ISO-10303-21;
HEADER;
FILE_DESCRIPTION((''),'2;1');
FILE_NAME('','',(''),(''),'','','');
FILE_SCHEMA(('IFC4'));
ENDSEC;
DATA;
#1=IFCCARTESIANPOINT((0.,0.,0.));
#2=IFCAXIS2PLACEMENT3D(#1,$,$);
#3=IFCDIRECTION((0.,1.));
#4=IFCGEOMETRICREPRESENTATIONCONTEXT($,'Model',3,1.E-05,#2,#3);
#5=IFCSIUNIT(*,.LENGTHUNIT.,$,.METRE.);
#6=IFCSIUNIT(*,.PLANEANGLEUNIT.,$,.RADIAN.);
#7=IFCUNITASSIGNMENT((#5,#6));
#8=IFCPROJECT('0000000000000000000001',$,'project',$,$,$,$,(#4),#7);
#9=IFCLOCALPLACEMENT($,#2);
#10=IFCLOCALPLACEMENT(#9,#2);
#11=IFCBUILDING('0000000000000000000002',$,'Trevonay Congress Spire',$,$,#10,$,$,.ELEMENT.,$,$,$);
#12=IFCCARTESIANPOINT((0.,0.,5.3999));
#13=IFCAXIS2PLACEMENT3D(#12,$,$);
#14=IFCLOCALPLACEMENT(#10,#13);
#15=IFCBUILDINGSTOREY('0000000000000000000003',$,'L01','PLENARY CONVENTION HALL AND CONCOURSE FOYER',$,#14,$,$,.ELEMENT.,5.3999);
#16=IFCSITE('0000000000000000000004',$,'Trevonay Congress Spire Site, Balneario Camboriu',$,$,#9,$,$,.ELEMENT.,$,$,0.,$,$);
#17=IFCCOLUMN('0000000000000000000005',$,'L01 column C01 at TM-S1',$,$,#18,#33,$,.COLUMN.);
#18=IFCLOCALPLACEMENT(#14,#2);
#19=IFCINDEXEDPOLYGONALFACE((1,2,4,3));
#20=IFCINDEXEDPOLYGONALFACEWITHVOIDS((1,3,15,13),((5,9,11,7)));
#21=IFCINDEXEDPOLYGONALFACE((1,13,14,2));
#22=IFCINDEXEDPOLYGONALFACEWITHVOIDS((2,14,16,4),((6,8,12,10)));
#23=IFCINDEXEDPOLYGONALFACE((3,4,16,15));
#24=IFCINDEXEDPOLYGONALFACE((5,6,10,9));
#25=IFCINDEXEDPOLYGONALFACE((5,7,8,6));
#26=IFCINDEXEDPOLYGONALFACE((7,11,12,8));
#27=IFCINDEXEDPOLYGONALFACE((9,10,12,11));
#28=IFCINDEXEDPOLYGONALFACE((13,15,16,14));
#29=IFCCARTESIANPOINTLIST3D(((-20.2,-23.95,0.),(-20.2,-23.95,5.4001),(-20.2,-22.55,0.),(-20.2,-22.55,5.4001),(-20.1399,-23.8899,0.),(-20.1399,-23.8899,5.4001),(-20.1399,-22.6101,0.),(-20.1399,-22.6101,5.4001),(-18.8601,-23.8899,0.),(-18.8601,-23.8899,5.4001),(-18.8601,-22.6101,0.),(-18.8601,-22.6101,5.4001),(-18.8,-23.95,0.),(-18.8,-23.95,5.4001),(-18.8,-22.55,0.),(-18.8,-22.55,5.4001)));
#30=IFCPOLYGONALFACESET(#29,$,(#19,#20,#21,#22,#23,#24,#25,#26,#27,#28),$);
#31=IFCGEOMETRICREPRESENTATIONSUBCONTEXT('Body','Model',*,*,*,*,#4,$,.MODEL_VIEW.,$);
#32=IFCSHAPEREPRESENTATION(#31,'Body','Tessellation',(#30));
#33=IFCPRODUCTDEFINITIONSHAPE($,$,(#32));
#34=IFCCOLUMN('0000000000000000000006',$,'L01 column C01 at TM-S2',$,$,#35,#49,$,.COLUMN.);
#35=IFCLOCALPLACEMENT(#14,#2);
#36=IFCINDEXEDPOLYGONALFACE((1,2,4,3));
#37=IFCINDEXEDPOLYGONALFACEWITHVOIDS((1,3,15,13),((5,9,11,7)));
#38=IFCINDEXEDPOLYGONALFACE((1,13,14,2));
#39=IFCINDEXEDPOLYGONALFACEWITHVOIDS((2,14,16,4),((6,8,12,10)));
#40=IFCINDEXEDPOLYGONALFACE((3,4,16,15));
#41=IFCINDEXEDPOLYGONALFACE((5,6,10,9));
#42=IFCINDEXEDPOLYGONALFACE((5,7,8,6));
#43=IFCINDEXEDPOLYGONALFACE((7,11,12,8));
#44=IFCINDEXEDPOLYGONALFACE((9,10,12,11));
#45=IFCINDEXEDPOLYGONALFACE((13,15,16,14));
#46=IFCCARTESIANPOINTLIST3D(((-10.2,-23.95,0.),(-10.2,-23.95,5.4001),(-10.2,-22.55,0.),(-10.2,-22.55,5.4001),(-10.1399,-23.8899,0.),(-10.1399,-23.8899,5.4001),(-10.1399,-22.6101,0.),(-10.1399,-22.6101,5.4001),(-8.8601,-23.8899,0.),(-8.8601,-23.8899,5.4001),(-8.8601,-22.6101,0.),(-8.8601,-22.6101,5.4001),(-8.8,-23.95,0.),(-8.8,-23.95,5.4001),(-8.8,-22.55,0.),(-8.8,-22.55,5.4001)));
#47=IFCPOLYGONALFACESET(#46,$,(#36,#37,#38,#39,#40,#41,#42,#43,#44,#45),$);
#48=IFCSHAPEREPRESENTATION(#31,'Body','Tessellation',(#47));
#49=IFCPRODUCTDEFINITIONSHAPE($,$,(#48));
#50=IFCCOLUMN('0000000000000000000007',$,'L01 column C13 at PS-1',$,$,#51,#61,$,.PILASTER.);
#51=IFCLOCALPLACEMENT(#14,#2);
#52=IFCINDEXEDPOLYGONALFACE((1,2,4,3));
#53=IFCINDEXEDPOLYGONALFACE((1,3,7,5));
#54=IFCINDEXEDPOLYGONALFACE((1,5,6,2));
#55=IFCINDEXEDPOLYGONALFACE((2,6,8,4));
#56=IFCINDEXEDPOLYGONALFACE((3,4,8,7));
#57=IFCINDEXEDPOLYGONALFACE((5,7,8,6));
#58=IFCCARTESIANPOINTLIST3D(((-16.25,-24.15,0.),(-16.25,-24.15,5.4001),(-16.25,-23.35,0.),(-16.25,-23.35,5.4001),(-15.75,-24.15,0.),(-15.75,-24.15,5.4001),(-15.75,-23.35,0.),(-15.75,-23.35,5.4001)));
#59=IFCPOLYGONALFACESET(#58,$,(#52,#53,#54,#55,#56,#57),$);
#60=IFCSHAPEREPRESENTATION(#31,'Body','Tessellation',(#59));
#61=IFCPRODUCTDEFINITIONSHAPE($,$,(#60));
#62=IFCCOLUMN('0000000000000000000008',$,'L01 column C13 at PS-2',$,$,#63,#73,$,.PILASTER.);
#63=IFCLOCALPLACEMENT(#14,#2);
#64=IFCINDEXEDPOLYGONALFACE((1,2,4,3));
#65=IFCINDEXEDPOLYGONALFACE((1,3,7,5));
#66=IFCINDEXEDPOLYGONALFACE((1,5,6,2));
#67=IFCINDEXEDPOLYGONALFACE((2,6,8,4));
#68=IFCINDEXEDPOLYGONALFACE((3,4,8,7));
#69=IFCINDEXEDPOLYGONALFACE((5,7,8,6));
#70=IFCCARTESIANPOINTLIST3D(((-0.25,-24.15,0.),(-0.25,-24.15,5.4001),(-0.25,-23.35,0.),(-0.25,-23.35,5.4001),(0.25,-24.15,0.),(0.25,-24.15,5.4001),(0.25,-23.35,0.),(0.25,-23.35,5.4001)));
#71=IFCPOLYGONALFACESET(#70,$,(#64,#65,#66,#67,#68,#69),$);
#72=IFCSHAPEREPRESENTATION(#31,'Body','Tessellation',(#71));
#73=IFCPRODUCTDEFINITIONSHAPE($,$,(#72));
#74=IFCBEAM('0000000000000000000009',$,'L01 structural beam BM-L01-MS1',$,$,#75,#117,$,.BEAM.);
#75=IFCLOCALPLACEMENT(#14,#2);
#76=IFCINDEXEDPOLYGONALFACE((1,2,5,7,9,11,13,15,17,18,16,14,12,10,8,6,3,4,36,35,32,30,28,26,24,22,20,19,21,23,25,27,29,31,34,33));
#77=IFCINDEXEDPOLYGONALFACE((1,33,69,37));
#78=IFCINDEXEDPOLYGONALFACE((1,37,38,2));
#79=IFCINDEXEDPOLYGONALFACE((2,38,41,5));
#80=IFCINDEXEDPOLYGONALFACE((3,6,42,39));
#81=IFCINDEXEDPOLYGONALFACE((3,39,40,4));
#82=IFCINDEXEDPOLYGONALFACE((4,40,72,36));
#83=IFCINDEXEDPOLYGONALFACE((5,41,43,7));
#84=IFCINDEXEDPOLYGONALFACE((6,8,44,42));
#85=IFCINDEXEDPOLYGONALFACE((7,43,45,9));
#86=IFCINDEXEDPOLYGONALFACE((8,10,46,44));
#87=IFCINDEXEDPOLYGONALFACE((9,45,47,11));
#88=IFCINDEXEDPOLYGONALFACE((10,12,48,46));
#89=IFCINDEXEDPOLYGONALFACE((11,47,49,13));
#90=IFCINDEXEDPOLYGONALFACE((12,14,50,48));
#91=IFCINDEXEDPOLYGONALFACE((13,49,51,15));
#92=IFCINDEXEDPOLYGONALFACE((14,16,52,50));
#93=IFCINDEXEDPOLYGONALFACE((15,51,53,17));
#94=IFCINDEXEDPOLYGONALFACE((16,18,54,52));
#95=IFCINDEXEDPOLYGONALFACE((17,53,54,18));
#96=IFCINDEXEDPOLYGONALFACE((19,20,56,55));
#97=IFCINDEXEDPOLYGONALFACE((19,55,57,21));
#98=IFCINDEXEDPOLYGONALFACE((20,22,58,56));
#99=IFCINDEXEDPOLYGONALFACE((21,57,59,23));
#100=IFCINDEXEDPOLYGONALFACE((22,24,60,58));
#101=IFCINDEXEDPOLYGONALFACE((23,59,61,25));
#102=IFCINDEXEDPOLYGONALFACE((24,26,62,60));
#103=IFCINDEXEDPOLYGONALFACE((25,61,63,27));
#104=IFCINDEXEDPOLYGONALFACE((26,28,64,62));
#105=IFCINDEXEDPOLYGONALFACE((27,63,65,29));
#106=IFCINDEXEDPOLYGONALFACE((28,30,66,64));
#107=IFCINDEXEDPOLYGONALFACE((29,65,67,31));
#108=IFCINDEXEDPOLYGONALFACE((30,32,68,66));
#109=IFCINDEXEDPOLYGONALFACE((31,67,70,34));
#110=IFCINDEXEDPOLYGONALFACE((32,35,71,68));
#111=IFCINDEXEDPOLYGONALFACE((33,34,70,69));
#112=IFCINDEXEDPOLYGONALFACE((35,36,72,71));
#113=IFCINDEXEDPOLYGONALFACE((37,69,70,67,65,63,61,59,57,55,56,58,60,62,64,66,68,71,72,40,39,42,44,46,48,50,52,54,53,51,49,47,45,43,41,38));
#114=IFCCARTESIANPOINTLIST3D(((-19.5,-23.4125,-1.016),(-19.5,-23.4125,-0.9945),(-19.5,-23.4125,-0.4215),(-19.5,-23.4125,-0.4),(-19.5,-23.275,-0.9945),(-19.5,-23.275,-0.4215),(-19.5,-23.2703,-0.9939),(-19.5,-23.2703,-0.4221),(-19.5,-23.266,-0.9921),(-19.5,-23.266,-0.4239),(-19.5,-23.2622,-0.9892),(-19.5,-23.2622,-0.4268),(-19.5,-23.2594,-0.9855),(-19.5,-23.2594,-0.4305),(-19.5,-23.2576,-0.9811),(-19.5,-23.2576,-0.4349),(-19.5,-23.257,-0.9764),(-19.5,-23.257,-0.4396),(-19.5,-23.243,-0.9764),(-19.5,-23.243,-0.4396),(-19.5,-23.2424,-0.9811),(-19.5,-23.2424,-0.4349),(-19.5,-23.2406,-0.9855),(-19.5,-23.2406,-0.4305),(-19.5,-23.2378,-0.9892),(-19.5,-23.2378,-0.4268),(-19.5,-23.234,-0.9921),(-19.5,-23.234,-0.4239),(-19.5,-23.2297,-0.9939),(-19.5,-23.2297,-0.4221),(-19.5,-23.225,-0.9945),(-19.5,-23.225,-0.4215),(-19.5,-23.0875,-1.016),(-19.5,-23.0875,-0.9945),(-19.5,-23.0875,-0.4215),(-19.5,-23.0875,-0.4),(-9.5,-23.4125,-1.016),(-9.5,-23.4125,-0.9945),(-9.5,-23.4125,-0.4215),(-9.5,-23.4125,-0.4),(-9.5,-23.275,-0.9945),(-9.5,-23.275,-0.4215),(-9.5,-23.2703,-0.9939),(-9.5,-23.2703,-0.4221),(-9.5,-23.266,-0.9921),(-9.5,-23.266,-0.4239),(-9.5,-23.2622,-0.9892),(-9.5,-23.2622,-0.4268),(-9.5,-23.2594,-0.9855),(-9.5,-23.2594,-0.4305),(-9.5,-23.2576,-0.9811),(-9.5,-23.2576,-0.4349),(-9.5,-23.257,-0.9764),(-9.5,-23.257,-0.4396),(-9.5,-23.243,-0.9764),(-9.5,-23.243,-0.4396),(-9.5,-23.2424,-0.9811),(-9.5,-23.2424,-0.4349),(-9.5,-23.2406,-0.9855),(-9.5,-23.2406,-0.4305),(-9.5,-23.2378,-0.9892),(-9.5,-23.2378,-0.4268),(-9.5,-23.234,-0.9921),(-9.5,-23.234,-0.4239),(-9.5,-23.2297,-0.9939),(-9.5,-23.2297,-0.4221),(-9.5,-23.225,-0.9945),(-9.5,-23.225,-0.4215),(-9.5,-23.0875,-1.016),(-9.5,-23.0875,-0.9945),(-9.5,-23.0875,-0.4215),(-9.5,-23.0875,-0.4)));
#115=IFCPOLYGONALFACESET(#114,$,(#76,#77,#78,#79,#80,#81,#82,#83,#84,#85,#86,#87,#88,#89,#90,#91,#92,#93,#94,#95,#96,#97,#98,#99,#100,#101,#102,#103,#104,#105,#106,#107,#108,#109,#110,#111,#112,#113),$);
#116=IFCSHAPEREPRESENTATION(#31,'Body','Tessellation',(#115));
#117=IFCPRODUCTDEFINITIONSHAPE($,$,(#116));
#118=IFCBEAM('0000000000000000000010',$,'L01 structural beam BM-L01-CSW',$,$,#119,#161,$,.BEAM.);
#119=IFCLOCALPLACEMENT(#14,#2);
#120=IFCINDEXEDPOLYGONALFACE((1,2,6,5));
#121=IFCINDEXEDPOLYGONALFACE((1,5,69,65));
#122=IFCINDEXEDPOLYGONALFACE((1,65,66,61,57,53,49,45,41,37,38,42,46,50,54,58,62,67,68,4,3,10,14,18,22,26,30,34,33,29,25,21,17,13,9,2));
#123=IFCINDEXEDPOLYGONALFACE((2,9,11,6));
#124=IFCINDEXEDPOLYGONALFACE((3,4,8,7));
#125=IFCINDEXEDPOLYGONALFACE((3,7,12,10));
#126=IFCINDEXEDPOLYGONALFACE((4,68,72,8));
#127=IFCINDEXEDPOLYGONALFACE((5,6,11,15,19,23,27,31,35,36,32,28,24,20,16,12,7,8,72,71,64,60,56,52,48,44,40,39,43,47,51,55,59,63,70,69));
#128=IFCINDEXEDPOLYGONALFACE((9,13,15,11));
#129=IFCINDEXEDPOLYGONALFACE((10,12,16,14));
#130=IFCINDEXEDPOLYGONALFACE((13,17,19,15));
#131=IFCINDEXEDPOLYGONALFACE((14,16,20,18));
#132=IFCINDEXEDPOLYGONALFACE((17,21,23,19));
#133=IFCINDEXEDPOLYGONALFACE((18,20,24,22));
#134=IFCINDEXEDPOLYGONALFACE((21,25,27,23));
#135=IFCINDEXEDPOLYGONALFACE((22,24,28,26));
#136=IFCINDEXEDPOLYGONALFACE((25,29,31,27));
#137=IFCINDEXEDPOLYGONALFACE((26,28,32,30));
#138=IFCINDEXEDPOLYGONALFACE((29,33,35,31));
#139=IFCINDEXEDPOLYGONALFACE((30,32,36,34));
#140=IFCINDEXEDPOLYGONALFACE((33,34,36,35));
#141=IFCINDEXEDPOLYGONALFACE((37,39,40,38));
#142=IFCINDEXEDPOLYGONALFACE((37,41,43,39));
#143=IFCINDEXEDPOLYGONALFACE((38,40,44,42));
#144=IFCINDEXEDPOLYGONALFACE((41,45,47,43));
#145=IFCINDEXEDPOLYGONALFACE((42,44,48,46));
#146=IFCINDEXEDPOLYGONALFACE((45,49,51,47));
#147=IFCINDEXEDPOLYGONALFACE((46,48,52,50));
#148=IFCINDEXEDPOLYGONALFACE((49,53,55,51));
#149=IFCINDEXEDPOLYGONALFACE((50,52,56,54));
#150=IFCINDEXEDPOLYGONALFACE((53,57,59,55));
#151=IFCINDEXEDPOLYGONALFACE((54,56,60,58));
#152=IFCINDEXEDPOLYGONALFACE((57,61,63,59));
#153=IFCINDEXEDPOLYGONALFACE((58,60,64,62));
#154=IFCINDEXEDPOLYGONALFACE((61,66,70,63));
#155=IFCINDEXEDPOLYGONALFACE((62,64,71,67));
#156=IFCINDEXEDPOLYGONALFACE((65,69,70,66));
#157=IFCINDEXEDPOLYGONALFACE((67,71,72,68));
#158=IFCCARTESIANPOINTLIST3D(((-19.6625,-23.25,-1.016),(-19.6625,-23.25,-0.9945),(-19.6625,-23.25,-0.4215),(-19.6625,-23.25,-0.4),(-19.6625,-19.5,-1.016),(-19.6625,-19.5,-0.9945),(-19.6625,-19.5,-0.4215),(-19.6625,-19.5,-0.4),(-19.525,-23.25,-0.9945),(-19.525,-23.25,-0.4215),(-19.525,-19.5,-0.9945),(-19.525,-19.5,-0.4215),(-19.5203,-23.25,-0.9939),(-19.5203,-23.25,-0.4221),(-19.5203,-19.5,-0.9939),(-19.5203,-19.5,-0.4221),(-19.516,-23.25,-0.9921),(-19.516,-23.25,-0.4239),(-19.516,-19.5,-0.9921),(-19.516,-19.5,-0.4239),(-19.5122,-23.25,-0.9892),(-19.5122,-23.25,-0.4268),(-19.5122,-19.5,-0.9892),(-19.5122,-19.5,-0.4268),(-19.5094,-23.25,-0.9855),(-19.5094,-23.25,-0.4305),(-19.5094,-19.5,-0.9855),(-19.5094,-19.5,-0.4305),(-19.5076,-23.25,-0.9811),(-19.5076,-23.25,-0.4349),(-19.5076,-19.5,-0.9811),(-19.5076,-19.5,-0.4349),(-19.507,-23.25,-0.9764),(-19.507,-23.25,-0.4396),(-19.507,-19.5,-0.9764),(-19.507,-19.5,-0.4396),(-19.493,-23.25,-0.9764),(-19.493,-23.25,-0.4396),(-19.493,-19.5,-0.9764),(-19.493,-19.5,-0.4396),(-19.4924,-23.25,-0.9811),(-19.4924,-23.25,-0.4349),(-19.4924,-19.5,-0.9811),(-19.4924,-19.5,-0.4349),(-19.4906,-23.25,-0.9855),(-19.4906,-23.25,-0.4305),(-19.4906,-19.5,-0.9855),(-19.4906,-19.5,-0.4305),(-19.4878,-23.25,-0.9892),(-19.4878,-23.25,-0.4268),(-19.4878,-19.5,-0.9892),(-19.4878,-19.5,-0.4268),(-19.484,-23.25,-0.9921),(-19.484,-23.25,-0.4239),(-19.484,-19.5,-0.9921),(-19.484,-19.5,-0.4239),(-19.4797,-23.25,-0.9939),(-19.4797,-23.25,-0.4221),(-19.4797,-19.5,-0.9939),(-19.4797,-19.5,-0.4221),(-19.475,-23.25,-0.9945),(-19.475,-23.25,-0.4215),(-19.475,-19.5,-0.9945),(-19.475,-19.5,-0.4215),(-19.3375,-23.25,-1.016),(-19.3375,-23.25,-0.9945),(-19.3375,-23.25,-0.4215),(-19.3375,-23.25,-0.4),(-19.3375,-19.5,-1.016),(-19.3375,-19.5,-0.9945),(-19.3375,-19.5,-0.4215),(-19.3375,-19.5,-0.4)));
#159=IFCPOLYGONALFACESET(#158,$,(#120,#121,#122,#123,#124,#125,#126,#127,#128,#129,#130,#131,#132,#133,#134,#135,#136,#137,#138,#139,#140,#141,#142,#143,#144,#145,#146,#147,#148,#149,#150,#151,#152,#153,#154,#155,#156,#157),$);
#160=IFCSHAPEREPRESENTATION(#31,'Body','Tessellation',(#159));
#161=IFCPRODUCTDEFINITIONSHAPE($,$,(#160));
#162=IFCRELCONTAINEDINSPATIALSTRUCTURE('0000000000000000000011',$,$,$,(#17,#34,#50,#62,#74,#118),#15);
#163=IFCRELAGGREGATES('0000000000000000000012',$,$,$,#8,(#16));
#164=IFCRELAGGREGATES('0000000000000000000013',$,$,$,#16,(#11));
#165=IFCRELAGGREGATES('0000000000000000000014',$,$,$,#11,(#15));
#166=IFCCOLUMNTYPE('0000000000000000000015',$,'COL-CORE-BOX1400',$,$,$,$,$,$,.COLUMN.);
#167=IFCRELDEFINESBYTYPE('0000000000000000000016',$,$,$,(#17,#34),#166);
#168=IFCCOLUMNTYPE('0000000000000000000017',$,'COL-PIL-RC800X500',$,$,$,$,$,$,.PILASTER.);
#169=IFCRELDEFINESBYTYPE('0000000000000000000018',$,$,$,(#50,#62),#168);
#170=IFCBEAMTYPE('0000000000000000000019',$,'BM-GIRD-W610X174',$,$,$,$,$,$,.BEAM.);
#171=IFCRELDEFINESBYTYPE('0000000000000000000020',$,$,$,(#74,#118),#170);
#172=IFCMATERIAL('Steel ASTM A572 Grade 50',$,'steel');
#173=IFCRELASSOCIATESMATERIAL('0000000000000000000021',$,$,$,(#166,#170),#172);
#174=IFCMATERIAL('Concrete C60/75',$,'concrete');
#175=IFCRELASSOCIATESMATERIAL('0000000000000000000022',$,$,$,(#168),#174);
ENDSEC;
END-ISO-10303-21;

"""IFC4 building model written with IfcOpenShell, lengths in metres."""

from ifc_helpers import new_model, si_unit, direction, frame, origin, origin_2d, place, context, subcontext, project, spatial, rectangle, hollow_rectangle, i_section, extrude, material, material_profile, profile_set, type_object, element, save


model = new_model("IFC4")

# Units and contexts
model_context = context("Model", 3, precision=1e-05, world=origin(), true_north=direction((0.0, 1.0)))
body_context = subcontext(model_context, "Body", "Model", "MODEL_VIEW")
ifc_project = project(units=[si_unit("LENGTHUNIT", "METRE"), si_unit("PLANEANGLEUNIT", "RADIAN")], contexts=[model_context])

# Site, building, storey
site_placement = place(None, origin())
site = spatial("IfcSite", under=ifc_project, at=site_placement, Name="Trevonay Congress Spire Site, Balneario Camboriu", CompositionType="ELEMENT", RefElevation=0.0)
building_placement = place(site_placement, origin())
building = spatial("IfcBuilding", under=site, at=building_placement, Name="Trevonay Congress Spire", CompositionType="ELEMENT")
storey_placement = place(building_placement, frame((0.0, 0.0, 5.3999)))
storey = spatial("IfcBuildingStorey", under=building, at=storey_placement, Name="L01", Description="PLENARY CONVENTION HALL AND CONCOURSE FOYER", CompositionType="ELEMENT", Elevation=5.3999)

# Columns
ifc_material_1 = material(Name="Steel ASTM A572 Grade 50", Category="steel")
ifc_material_profile_1 = material_profile(ifc_material_1, hollow_rectangle(XDim=1.3999, YDim=1.3999, WallThickness=0.0601, at=origin_2d()), Name="BOX 1400x1400x60")
ifc_profile_set_1 = profile_set([ifc_material_profile_1], Name="Steel ASTM A572 Grade 50")
column_type_1 = type_object("IfcColumnType", Name="COL-CORE-BOX1400", PredefinedType="COLUMN", material=ifc_profile_set_1)
for number, where, z_axis, x_axis, name in (
    (1, (-19.5, -23.25, 0.0), (0.0, 0.0, 1.0), (1.0, 0.0, 0.0), "L01 column C01 at TM-S1"),
    (2, (-9.5, -23.25, 0.0), (0.0, 0.0, 1.0), (1.0, 0.0, 0.0), "L01 column C01 at TM-S2"),
):
    element("IfcColumn", number, at=place(storey_placement, frame(where, z_axis=z_axis, x_axis=x_axis)), inside=storey, type_object=column_type_1, Name=name, PredefinedType="COLUMN", context=body_context, shape_type="SweptSolid", body=[
        extrude(hollow_rectangle(XDim=1.3999, YDim=1.3999, WallThickness=0.0601, at=origin_2d()), origin(), (0.0, 0.0, 1.0), 5.4001),
    ])
ifc_material_2 = material(Name="Concrete C60/75", Category="concrete")
ifc_material_profile_2 = material_profile(ifc_material_2, rectangle(XDim=0.5, YDim=0.8, at=origin_2d()), Name="RC 800x500")
ifc_profile_set_2 = profile_set([ifc_material_profile_2], Name="Concrete C60/75")
column_type_2 = type_object("IfcColumnType", Name="COL-PIL-RC800X500", PredefinedType="PILASTER", material=ifc_profile_set_2)
for number, where, z_axis, x_axis, name in (
    (3, (-16.0, -23.75, 0.0), (0.0, 0.0, 1.0), (1.0, 0.0, 0.0), "L01 column C13 at PS-1"),
    (4, (0.0, -23.75, 0.0), (0.0, 0.0, 1.0), (1.0, 0.0, 0.0), "L01 column C13 at PS-2"),
):
    element("IfcColumn", number, at=place(storey_placement, frame(where, z_axis=z_axis, x_axis=x_axis)), inside=storey, type_object=column_type_2, Name=name, PredefinedType="PILASTER", context=body_context, shape_type="SweptSolid", body=[
        extrude(rectangle(XDim=0.5, YDim=0.8, at=origin_2d()), origin(), (0.0, 0.0, 1.0), 5.4001),
    ])

# Beams
ifc_material_profile_3 = material_profile(ifc_material_1, i_section(OverallWidth=0.325, OverallDepth=0.616, WebThickness=0.0139, FlangeThickness=0.0215, FilletRadius=0.0181, at=origin_2d()), Name="W610x174")
ifc_profile_set_3 = profile_set([ifc_material_profile_3], Name="Steel ASTM A572 Grade 50")
beam_type_1 = type_object("IfcBeamType", Name="BM-GIRD-W610X174", PredefinedType="BEAM", material=ifc_profile_set_3)
beam_1_placement = place(storey_placement, frame((-19.5, -23.25, -0.708), z_axis=(1.0, 0.0, 0.0), x_axis=(0.0, 1.0, 0.0)))
element("IfcBeam", 5, at=beam_1_placement, inside=storey, type_object=beam_type_1, Name="L01 structural beam BM-L01-MS1", PredefinedType="BEAM", context=body_context, shape_type="SweptSolid", body=[
    extrude(i_section(OverallWidth=0.325, OverallDepth=0.616, WebThickness=0.0139, FlangeThickness=0.0215, FilletRadius=0.0181, at=origin_2d()), origin(), (0.0, 0.0, 1.0), 10.0),
])
beam_2_placement = place(storey_placement, frame((-19.5, -23.25, -0.708), z_axis=(0.0, 1.0, 0.0), x_axis=(-1.0, 0.0, 0.0)))
element("IfcBeam", 6, at=beam_2_placement, inside=storey, type_object=beam_type_1, Name="L01 structural beam BM-L01-CSW", PredefinedType="BEAM", context=body_context, shape_type="SweptSolid", body=[
    extrude(i_section(OverallWidth=0.325, OverallDepth=0.616, WebThickness=0.0139, FlangeThickness=0.0215, FilletRadius=0.0181, at=origin_2d()), origin(), (0.0, 0.0, 1.0), 3.75),
])

save(model, "model.ifc")
